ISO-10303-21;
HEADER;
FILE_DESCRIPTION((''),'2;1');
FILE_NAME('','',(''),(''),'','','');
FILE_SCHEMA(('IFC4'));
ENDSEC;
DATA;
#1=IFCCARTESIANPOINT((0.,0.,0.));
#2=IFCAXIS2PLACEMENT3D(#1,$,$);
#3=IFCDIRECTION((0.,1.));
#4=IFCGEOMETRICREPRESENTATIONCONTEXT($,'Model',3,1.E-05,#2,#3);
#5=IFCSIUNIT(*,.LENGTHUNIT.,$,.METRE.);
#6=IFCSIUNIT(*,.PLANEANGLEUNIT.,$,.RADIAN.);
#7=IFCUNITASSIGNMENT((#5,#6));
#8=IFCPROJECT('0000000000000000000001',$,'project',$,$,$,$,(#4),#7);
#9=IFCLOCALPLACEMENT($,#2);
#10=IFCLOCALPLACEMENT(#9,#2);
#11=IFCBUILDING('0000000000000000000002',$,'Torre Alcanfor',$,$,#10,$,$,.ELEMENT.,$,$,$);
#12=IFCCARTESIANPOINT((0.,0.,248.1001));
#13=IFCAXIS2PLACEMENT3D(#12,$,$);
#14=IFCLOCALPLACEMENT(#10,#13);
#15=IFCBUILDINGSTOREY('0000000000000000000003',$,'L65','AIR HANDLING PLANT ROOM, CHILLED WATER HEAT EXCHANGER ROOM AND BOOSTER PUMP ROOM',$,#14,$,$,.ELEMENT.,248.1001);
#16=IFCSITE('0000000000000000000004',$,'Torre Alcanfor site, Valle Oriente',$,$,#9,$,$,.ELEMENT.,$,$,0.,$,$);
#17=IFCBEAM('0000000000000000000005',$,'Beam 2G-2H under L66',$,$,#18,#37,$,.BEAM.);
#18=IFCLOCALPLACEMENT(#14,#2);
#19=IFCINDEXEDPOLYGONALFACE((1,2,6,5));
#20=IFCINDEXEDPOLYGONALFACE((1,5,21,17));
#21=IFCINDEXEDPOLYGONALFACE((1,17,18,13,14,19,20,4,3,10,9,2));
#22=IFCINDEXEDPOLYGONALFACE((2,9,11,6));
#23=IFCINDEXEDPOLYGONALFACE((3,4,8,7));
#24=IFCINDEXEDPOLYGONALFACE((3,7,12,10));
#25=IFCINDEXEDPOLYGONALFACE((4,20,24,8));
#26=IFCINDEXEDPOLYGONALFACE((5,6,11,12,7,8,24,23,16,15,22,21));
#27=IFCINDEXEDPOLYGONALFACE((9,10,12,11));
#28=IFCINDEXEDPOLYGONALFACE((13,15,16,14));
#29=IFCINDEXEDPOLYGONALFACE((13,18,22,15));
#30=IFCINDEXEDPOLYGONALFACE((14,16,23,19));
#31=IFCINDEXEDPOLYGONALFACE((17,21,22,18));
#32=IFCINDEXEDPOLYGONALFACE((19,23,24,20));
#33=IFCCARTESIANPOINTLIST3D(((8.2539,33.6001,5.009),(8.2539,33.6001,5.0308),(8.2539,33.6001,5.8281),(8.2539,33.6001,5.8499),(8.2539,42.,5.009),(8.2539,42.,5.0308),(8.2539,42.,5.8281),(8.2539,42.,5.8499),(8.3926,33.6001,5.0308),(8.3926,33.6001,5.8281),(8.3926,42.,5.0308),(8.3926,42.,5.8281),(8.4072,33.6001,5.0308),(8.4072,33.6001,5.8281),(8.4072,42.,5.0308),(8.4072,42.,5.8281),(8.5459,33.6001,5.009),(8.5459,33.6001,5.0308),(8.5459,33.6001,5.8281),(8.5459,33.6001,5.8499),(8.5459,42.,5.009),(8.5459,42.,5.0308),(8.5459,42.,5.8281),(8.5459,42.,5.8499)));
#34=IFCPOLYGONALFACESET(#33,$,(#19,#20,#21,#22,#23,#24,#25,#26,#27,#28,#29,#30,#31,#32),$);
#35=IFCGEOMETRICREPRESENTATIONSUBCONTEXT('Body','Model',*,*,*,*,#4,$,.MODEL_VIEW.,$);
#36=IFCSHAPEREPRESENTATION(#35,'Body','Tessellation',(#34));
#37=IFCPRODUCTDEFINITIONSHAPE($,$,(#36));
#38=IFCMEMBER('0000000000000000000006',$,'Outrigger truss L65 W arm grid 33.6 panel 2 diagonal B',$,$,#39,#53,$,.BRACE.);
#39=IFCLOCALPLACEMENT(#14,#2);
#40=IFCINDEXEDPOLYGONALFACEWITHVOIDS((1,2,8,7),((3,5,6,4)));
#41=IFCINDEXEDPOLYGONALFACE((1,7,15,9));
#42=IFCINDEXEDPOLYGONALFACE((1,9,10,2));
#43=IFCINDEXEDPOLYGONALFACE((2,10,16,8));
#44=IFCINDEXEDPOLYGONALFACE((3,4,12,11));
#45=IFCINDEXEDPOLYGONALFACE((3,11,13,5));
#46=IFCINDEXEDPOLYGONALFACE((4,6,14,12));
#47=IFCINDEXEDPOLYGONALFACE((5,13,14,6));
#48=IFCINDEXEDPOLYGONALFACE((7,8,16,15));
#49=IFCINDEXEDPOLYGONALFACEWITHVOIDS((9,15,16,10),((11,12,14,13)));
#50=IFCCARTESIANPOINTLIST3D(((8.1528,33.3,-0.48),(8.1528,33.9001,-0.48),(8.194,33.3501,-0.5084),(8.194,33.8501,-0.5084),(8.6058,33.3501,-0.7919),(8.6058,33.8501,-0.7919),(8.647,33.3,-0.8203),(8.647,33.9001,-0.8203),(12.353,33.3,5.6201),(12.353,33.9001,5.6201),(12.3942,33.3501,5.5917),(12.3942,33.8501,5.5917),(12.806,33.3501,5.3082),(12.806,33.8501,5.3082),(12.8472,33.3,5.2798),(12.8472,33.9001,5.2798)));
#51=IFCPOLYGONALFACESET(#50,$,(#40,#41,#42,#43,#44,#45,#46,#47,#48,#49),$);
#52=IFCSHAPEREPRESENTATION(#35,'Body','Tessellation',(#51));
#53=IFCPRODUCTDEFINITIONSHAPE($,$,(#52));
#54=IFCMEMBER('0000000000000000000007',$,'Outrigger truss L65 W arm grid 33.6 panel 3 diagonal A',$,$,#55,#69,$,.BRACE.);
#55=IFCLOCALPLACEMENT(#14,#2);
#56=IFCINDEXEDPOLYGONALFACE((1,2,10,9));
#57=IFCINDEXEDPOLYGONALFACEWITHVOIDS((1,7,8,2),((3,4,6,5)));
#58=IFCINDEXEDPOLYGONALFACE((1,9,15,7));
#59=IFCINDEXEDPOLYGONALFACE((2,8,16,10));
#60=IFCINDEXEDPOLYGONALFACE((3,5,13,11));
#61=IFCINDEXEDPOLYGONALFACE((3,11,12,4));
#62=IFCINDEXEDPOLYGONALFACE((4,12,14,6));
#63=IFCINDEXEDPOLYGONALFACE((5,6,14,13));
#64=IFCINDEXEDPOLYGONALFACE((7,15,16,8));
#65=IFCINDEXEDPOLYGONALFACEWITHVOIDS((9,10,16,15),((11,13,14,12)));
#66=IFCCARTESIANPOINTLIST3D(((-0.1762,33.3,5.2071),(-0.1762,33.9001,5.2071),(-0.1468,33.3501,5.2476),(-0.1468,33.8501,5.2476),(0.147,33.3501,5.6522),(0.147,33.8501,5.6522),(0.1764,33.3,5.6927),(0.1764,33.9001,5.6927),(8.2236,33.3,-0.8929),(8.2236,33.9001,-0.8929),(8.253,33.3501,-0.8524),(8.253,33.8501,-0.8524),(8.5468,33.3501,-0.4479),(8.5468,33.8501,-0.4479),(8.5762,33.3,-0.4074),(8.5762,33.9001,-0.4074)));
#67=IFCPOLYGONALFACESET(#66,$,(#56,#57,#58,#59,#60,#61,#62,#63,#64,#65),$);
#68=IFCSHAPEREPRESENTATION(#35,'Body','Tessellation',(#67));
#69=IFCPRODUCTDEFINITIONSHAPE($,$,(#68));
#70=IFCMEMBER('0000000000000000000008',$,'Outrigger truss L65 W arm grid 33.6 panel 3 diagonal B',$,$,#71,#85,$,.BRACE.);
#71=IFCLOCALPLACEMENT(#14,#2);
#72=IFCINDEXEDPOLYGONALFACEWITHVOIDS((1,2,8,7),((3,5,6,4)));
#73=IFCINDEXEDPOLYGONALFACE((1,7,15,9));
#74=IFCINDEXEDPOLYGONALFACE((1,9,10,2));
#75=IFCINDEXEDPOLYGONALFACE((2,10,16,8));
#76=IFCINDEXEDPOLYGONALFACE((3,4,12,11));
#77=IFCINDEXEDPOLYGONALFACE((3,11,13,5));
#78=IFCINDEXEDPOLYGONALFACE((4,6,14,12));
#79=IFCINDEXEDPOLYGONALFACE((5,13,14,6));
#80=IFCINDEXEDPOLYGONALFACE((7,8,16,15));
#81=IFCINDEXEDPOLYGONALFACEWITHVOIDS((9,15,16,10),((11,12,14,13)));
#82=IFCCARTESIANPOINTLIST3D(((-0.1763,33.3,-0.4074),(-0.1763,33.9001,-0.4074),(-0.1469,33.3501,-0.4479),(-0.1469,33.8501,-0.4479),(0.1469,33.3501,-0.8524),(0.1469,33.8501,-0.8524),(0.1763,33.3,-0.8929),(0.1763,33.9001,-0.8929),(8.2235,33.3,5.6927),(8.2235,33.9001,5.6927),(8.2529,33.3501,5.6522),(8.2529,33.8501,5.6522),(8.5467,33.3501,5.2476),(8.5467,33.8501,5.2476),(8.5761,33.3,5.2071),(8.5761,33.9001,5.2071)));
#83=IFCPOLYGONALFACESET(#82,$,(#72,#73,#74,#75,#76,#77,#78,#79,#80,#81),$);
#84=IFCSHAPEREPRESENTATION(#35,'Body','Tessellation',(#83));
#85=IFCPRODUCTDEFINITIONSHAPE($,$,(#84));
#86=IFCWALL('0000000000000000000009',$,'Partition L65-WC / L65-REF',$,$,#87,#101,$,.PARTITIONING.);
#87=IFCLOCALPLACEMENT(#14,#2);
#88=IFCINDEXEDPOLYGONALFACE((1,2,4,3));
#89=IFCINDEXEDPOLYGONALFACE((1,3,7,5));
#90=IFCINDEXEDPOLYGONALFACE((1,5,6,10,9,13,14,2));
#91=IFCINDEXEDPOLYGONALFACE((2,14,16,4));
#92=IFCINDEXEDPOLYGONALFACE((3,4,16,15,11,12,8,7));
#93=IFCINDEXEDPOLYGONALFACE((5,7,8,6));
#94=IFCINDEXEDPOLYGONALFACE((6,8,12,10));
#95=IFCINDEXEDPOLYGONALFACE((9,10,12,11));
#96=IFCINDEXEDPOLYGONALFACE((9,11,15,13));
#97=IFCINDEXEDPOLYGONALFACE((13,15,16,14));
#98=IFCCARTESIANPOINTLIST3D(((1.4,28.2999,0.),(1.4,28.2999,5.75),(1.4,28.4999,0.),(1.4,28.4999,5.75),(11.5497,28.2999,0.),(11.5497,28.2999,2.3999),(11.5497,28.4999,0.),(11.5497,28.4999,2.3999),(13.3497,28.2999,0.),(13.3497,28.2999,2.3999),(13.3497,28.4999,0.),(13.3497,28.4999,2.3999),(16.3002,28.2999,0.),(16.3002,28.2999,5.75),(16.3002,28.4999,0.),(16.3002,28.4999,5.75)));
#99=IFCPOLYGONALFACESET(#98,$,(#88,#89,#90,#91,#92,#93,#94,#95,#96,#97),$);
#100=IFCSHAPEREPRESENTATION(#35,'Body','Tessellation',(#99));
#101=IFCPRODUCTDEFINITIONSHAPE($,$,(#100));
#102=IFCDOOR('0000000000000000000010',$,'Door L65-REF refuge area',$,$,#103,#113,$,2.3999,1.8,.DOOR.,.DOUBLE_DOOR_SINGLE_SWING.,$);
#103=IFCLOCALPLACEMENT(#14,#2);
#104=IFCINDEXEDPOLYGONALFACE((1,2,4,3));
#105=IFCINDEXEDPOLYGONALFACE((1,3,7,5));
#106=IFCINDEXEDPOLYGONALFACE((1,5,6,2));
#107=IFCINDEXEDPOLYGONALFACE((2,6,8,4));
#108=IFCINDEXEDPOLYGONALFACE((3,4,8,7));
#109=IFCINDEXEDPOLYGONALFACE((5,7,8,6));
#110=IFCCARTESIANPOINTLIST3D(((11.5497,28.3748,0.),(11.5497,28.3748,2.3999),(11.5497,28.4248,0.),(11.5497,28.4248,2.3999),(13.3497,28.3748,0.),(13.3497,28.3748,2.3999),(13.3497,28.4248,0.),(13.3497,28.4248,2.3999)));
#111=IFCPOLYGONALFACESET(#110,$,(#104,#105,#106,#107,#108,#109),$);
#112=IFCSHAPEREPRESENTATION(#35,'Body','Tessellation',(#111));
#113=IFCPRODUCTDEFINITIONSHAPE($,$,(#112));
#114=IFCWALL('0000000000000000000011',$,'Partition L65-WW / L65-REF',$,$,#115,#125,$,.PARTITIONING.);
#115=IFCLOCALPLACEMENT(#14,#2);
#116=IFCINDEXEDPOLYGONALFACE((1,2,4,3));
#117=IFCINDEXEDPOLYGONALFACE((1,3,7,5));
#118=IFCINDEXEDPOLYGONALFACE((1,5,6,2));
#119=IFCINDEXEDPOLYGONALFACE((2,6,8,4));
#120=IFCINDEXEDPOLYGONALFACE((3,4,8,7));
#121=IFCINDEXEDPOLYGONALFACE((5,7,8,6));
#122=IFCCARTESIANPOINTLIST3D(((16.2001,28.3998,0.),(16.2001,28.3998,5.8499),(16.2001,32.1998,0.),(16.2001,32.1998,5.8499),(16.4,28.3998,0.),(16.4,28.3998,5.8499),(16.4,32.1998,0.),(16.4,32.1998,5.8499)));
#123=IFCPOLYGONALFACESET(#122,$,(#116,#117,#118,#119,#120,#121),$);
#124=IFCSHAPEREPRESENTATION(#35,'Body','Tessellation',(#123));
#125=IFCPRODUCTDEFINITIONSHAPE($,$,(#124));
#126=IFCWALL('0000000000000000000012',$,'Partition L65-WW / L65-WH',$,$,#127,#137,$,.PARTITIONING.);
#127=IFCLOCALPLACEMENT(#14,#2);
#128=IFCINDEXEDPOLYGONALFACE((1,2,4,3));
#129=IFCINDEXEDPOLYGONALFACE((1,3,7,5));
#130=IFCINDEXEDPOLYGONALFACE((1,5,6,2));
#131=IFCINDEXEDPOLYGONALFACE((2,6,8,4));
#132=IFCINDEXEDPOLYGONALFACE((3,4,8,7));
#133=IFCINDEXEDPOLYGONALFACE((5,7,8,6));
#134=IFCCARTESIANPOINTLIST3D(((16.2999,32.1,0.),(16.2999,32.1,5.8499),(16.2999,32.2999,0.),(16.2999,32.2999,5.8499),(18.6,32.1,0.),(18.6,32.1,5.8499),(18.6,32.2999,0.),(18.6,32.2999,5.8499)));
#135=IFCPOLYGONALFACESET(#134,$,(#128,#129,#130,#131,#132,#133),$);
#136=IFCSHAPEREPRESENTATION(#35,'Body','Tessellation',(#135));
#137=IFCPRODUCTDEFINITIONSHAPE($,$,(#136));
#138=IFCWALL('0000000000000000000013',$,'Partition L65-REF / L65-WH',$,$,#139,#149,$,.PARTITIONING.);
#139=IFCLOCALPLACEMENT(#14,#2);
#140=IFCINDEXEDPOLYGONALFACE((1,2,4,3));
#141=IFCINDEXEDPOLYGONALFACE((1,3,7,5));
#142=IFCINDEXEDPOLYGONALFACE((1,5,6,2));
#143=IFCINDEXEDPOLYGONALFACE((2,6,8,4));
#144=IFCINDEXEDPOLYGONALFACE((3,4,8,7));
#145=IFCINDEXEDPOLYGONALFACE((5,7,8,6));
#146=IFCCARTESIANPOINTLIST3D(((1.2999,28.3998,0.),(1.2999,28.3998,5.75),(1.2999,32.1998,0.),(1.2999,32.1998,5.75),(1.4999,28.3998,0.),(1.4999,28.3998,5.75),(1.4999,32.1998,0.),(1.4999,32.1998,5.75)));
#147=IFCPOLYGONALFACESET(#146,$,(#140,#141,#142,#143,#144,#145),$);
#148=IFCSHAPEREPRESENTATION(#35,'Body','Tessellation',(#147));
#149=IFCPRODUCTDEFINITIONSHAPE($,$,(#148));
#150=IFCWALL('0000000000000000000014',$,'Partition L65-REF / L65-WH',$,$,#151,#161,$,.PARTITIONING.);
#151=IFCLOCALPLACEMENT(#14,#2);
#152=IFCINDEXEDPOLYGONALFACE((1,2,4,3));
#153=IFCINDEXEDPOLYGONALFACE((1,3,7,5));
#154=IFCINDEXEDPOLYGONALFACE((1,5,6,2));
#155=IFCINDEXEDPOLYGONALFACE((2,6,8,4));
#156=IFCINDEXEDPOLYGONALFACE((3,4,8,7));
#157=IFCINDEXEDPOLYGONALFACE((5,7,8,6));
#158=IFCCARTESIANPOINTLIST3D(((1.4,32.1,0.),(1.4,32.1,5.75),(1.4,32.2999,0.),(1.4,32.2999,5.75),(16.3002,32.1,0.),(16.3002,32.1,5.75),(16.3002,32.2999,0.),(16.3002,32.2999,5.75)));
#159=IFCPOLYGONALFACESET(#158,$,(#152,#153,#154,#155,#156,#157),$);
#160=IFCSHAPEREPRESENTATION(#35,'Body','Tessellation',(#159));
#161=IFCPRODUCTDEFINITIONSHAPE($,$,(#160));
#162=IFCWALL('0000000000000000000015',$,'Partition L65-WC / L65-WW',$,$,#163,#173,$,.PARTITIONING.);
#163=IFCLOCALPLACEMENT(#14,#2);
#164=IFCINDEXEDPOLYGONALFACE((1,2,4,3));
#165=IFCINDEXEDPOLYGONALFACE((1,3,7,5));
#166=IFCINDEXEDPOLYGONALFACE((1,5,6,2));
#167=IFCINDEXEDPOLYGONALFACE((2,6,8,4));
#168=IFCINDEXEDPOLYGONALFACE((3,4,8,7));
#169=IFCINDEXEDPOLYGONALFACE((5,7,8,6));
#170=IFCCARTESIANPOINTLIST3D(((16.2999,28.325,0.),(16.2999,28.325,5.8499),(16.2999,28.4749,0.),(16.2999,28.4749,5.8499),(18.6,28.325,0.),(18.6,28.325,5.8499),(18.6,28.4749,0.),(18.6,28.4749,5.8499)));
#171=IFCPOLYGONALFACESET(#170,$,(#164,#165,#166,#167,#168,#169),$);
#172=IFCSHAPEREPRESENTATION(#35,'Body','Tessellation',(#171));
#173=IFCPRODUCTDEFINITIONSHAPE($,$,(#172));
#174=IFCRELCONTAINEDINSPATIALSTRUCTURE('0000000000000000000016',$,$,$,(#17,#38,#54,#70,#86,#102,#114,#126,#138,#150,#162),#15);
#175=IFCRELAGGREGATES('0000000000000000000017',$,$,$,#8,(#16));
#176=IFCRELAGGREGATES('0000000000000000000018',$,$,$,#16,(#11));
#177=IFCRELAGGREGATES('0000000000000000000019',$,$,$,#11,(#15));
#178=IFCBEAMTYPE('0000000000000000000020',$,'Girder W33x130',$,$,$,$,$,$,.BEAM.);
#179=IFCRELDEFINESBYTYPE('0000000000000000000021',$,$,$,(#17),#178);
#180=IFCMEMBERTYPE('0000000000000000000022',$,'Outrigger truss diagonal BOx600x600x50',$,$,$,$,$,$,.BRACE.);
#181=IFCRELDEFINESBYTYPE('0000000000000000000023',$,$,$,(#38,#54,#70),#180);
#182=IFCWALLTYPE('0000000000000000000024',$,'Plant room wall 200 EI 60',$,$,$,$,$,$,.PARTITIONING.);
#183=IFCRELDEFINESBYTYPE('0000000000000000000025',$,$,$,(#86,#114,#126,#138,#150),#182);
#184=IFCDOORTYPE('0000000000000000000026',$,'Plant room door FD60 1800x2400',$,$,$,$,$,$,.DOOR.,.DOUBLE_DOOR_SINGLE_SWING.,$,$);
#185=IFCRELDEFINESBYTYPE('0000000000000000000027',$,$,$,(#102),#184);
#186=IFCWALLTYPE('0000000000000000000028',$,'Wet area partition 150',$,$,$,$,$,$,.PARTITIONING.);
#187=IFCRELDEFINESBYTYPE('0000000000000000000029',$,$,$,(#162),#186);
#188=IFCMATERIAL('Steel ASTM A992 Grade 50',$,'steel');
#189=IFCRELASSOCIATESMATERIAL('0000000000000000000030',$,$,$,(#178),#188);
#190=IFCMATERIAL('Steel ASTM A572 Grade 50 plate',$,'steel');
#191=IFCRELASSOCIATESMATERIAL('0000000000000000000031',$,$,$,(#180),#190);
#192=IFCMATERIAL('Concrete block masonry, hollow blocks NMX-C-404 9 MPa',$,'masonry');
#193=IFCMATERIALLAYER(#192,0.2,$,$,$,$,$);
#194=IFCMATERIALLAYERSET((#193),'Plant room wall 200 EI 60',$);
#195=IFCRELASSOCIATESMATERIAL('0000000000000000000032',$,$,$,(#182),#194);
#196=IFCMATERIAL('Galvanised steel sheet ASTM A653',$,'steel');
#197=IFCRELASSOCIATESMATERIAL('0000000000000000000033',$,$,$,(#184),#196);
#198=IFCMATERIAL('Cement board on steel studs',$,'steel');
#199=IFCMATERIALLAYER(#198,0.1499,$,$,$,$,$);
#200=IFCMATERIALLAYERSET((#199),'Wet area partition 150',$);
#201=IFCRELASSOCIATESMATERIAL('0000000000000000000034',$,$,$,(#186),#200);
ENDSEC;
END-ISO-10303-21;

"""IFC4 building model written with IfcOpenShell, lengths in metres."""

from ifc_helpers import new_model, si_unit, direction, frame, frame_2d, origin, origin_2d, place, context, subcontext, project, spatial, rectangle, hollow_rectangle, i_section, extrude, material, layer, layer_set, material_profile, profile_set, type_object, element, fill, save


model = new_model("IFC4")

# Units and contexts
model_context = context("Model", 3, precision=1e-05, world=origin(), true_north=direction((0.0, 1.0)))
body_context = subcontext(model_context, "Body", "Model", "MODEL_VIEW")
ifc_project = project(units=[si_unit("LENGTHUNIT", "METRE"), si_unit("PLANEANGLEUNIT", "RADIAN")], contexts=[model_context])

# Site, building, storey
site_placement = place(None, origin())
site = spatial("IfcSite", under=ifc_project, at=site_placement, Name="Torre Alcanfor site, Valle Oriente", CompositionType="ELEMENT", RefElevation=0.0)
building_placement = place(site_placement, origin())
building = spatial("IfcBuilding", under=site, at=building_placement, Name="Torre Alcanfor", CompositionType="ELEMENT")
storey_placement = place(building_placement, frame((0.0, 0.0, 248.1001)))
storey = spatial("IfcBuildingStorey", under=building, at=storey_placement, Name="L65", Description="AIR HANDLING PLANT ROOM, CHILLED WATER HEAT EXCHANGER ROOM AND BOOSTER PUMP ROOM", CompositionType="ELEMENT", Elevation=248.1001)

# Beam
ifc_material_1 = material(Name="Steel ASTM A992 Grade 50", Category="steel")
ifc_material_profile_1 = material_profile(ifc_material_1, i_section(OverallWidth=0.292, OverallDepth=0.8408, WebThickness=0.0146, FlangeThickness=0.0217, at=origin_2d()), Name="W33x130")
ifc_profile_set_1 = profile_set([ifc_material_profile_1], Name="Steel ASTM A992 Grade 50")
beam_type = type_object("IfcBeamType", Name="Girder W33x130", PredefinedType="BEAM", material=ifc_profile_set_1)
beam_1_placement = place(storey_placement, frame((8.3999, 33.6001, 5.4294), z_axis=(0.0, 1.0, 0.0), x_axis=(-1.0, 0.0, 0.0)))
element("IfcBeam", 1, at=beam_1_placement, inside=storey, type_object=beam_type, Name="Beam 2G-2H under L66", PredefinedType="BEAM", context=body_context, shape_type="SweptSolid", body=[
    extrude(i_section(OverallWidth=0.292, OverallDepth=0.8408, WebThickness=0.0146, FlangeThickness=0.0217, at=origin_2d()), origin(), (0.0, 0.0, 1.0), 8.3999),
])

# Members
ifc_material_2 = material(Name="Steel ASTM A572 Grade 50 plate", Category="steel")
ifc_material_profile_2 = material_profile(ifc_material_2, hollow_rectangle(XDim=0.6001, YDim=0.6001, WallThickness=0.05, at=origin_2d()), Name="BOX 600x600x50")
ifc_profile_set_2 = profile_set([ifc_material_profile_2], Name="Steel ASTM A572 Grade 50 plate")
member_type_1 = type_object("IfcMemberType", Name="Outrigger truss diagonal BOx600x600x50", PredefinedType="BRACE", material=ifc_profile_set_2)
member_1_placement = place(storey_placement, frame((8.3999, 33.6001, -0.6501), z_axis=(0.567113, 0.0, 0.82364), x_axis=(0.0, 1.0, 0.0)))
element("IfcMember", 2, at=member_1_placement, inside=storey, type_object=member_type_1, Name="Outrigger truss L65 W arm grid 33.6 panel 2 diagonal B", PredefinedType="BRACE", context=body_context, shape_type="SweptSolid", body=[
    extrude(hollow_rectangle(XDim=0.6001, YDim=0.6001, WallThickness=0.05, at=origin_2d()), origin(), (0.0, 0.0, 1.0), 7.4062),
])
for number, where, z_axis, x_axis, name in (
    (3, (8.3999, 33.6001, -0.6501), (-0.809145, 0.0, 0.587609), (0.0, -1.0, 0.0), "Outrigger truss L65 W arm grid 33.6 panel 3 diagonal A"),
    (4, (0.0, 33.6001, -0.6501), (0.809145, 0.0, 0.587609), (0.0, 1.0, 0.0), "Outrigger truss L65 W arm grid 33.6 panel 3 diagonal B"),
):
    element("IfcMember", number, at=place(storey_placement, frame(where, z_axis=z_axis, x_axis=x_axis)), inside=storey, type_object=member_type_1, Name=name, PredefinedType="BRACE", context=body_context, shape_type="SweptSolid", body=[
        extrude(hollow_rectangle(XDim=0.6001, YDim=0.6001, WallThickness=0.05, at=origin_2d()), origin(), (0.0, 0.0, 1.0), 10.3811),
    ])

# Wall, opening, door
ifc_material_3 = material(Name="Concrete block masonry, hollow blocks NMX-C-404 9 MPa", Category="masonry")
ifc_layer_1 = layer(ifc_material_3, 0.2)
ifc_layer_set_1 = layer_set([ifc_layer_1], Name="Plant room wall 200 EI 60")
wall_type_1 = type_object("IfcWallType", Name="Plant room wall 200 EI 60", PredefinedType="PARTITIONING", material=ifc_layer_set_1)
wall_1_placement = place(storey_placement, frame((1.3999, 28.3999, 0.0), z_axis=(0.0, 0.0, 1.0), x_axis=(1.0, 0.0, 0.0)))
wall_1 = element("IfcWall", 5, at=wall_1_placement, inside=storey, type_object=wall_type_1, Name="Partition L65-WC / L65-REF", PredefinedType="PARTITIONING", context=body_context, shape_type="SweptSolid", body=[
    extrude(rectangle(XDim=14.9001, YDim=0.2, at=frame_2d((7.4502, 0.0))), origin(), (0.0, 0.0, 1.0), 5.75),
])
opening_placement = place(wall_1_placement, frame((10.1499, 0.0, 0.0)))
opening = element("IfcOpeningElement", 6, at=opening_placement, cuts=wall_1, PredefinedType="OPENING", context=body_context, shape_type="SweptSolid", body=[
    extrude(rectangle(XDim=1.8, YDim=2.3999, at=frame_2d((0.8999, 1.2))), frame((0.0, 0.1099, 0.0), z_axis=(0.0, -1.0, 0.0), x_axis=(1.0, 0.0, 0.0)), (0.0, 0.0, 1.0), 0.22),
])
ifc_material_4 = material(Name="Galvanised steel sheet ASTM A653", Category="steel")
door_type = type_object("IfcDoorType", Name="Plant room door FD60 1800x2400", OperationType="DOUBLE_DOOR_SINGLE_SWING", PredefinedType="DOOR", material=ifc_material_4)
door_placement = place(opening_placement, frame((1.8, 0.0, 0.0), z_axis=(0.0, 0.0, 1.0), x_axis=(-1.0, 0.0, 0.0)))
door = element("IfcDoor", 7, at=door_placement, inside=storey, type_object=door_type, Name="Door L65-REF refuge area", OperationType="DOUBLE_DOOR_SINGLE_SWING", OverallHeight=2.3999, OverallWidth=1.8, PredefinedType="DOOR", context=body_context, shape_type="SweptSolid", body=[
    extrude(rectangle(XDim=1.8, YDim=2.3999, at=frame_2d((0.9001, 1.2))), frame((0.0, 0.0251, 0.0), z_axis=(0.0, -1.0, 0.0), x_axis=(1.0, 0.0, 0.0)), (0.0, 0.0, 1.0), 0.05),
])
fill(opening, door)

# Walls
wall_2_placement = place(storey_placement, frame((16.3, 28.3999, 0.0), z_axis=(0.0, 0.0, 1.0), x_axis=(0.0, 1.0, 0.0)))
element("IfcWall", 8, at=wall_2_placement, inside=storey, type_object=wall_type_1, Name="Partition L65-WW / L65-REF", PredefinedType="PARTITIONING", context=body_context, shape_type="SweptSolid", body=[
    extrude(rectangle(XDim=3.8, YDim=0.2, at=frame_2d((1.8999, 0.0))), origin(), (0.0, 0.0, 1.0), 5.8499),
])
wall_3_placement = place(storey_placement, frame((16.3, 32.2, 0.0), z_axis=(0.0, 0.0, 1.0), x_axis=(1.0, 0.0, 0.0)))
element("IfcWall", 9, at=wall_3_placement, inside=storey, type_object=wall_type_1, Name="Partition L65-WW / L65-WH", PredefinedType="PARTITIONING", context=body_context, shape_type="SweptSolid", body=[
    extrude(rectangle(XDim=2.3, YDim=0.2, at=frame_2d((1.1499, 0.0))), origin(), (0.0, 0.0, 1.0), 5.8499),
])
wall_4_placement = place(storey_placement, frame((1.3999, 28.3999, 0.0), z_axis=(0.0, 0.0, 1.0), x_axis=(0.0, 1.0, 0.0)))
element("IfcWall", 10, at=wall_4_placement, inside=storey, type_object=wall_type_1, Name="Partition L65-REF / L65-WH", PredefinedType="PARTITIONING", context=body_context, shape_type="SweptSolid", body=[
    extrude(rectangle(XDim=3.8, YDim=0.2, at=frame_2d((1.8999, 0.0))), origin(), (0.0, 0.0, 1.0), 5.75),
])
wall_5_placement = place(storey_placement, frame((1.3999, 32.2, 0.0), z_axis=(0.0, 0.0, 1.0), x_axis=(1.0, 0.0, 0.0)))
element("IfcWall", 11, at=wall_5_placement, inside=storey, type_object=wall_type_1, Name="Partition L65-REF / L65-WH", PredefinedType="PARTITIONING", context=body_context, shape_type="SweptSolid", body=[
    extrude(rectangle(XDim=14.9001, YDim=0.2, at=frame_2d((7.4502, 0.0))), origin(), (0.0, 0.0, 1.0), 5.75),
])
ifc_material_5 = material(Name="Cement board on steel studs", Category="steel")
ifc_layer_2 = layer(ifc_material_5, 0.1499)
ifc_layer_set_2 = layer_set([ifc_layer_2], Name="Wet area partition 150")
wall_type_2 = type_object("IfcWallType", Name="Wet area partition 150", PredefinedType="PARTITIONING", material=ifc_layer_set_2)
wall_6_placement = place(storey_placement, frame((16.3, 28.3999, 0.0), z_axis=(0.0, 0.0, 1.0), x_axis=(1.0, 0.0, 0.0)))
element("IfcWall", 12, at=wall_6_placement, inside=storey, type_object=wall_type_2, Name="Partition L65-WC / L65-WW", PredefinedType="PARTITIONING", context=body_context, shape_type="SweptSolid", body=[
    extrude(rectangle(XDim=2.3, YDim=0.1499, at=frame_2d((1.1499, 0.0))), origin(), (0.0, 0.0, 1.0), 5.8499),
])

save(model, "model.ifc")
